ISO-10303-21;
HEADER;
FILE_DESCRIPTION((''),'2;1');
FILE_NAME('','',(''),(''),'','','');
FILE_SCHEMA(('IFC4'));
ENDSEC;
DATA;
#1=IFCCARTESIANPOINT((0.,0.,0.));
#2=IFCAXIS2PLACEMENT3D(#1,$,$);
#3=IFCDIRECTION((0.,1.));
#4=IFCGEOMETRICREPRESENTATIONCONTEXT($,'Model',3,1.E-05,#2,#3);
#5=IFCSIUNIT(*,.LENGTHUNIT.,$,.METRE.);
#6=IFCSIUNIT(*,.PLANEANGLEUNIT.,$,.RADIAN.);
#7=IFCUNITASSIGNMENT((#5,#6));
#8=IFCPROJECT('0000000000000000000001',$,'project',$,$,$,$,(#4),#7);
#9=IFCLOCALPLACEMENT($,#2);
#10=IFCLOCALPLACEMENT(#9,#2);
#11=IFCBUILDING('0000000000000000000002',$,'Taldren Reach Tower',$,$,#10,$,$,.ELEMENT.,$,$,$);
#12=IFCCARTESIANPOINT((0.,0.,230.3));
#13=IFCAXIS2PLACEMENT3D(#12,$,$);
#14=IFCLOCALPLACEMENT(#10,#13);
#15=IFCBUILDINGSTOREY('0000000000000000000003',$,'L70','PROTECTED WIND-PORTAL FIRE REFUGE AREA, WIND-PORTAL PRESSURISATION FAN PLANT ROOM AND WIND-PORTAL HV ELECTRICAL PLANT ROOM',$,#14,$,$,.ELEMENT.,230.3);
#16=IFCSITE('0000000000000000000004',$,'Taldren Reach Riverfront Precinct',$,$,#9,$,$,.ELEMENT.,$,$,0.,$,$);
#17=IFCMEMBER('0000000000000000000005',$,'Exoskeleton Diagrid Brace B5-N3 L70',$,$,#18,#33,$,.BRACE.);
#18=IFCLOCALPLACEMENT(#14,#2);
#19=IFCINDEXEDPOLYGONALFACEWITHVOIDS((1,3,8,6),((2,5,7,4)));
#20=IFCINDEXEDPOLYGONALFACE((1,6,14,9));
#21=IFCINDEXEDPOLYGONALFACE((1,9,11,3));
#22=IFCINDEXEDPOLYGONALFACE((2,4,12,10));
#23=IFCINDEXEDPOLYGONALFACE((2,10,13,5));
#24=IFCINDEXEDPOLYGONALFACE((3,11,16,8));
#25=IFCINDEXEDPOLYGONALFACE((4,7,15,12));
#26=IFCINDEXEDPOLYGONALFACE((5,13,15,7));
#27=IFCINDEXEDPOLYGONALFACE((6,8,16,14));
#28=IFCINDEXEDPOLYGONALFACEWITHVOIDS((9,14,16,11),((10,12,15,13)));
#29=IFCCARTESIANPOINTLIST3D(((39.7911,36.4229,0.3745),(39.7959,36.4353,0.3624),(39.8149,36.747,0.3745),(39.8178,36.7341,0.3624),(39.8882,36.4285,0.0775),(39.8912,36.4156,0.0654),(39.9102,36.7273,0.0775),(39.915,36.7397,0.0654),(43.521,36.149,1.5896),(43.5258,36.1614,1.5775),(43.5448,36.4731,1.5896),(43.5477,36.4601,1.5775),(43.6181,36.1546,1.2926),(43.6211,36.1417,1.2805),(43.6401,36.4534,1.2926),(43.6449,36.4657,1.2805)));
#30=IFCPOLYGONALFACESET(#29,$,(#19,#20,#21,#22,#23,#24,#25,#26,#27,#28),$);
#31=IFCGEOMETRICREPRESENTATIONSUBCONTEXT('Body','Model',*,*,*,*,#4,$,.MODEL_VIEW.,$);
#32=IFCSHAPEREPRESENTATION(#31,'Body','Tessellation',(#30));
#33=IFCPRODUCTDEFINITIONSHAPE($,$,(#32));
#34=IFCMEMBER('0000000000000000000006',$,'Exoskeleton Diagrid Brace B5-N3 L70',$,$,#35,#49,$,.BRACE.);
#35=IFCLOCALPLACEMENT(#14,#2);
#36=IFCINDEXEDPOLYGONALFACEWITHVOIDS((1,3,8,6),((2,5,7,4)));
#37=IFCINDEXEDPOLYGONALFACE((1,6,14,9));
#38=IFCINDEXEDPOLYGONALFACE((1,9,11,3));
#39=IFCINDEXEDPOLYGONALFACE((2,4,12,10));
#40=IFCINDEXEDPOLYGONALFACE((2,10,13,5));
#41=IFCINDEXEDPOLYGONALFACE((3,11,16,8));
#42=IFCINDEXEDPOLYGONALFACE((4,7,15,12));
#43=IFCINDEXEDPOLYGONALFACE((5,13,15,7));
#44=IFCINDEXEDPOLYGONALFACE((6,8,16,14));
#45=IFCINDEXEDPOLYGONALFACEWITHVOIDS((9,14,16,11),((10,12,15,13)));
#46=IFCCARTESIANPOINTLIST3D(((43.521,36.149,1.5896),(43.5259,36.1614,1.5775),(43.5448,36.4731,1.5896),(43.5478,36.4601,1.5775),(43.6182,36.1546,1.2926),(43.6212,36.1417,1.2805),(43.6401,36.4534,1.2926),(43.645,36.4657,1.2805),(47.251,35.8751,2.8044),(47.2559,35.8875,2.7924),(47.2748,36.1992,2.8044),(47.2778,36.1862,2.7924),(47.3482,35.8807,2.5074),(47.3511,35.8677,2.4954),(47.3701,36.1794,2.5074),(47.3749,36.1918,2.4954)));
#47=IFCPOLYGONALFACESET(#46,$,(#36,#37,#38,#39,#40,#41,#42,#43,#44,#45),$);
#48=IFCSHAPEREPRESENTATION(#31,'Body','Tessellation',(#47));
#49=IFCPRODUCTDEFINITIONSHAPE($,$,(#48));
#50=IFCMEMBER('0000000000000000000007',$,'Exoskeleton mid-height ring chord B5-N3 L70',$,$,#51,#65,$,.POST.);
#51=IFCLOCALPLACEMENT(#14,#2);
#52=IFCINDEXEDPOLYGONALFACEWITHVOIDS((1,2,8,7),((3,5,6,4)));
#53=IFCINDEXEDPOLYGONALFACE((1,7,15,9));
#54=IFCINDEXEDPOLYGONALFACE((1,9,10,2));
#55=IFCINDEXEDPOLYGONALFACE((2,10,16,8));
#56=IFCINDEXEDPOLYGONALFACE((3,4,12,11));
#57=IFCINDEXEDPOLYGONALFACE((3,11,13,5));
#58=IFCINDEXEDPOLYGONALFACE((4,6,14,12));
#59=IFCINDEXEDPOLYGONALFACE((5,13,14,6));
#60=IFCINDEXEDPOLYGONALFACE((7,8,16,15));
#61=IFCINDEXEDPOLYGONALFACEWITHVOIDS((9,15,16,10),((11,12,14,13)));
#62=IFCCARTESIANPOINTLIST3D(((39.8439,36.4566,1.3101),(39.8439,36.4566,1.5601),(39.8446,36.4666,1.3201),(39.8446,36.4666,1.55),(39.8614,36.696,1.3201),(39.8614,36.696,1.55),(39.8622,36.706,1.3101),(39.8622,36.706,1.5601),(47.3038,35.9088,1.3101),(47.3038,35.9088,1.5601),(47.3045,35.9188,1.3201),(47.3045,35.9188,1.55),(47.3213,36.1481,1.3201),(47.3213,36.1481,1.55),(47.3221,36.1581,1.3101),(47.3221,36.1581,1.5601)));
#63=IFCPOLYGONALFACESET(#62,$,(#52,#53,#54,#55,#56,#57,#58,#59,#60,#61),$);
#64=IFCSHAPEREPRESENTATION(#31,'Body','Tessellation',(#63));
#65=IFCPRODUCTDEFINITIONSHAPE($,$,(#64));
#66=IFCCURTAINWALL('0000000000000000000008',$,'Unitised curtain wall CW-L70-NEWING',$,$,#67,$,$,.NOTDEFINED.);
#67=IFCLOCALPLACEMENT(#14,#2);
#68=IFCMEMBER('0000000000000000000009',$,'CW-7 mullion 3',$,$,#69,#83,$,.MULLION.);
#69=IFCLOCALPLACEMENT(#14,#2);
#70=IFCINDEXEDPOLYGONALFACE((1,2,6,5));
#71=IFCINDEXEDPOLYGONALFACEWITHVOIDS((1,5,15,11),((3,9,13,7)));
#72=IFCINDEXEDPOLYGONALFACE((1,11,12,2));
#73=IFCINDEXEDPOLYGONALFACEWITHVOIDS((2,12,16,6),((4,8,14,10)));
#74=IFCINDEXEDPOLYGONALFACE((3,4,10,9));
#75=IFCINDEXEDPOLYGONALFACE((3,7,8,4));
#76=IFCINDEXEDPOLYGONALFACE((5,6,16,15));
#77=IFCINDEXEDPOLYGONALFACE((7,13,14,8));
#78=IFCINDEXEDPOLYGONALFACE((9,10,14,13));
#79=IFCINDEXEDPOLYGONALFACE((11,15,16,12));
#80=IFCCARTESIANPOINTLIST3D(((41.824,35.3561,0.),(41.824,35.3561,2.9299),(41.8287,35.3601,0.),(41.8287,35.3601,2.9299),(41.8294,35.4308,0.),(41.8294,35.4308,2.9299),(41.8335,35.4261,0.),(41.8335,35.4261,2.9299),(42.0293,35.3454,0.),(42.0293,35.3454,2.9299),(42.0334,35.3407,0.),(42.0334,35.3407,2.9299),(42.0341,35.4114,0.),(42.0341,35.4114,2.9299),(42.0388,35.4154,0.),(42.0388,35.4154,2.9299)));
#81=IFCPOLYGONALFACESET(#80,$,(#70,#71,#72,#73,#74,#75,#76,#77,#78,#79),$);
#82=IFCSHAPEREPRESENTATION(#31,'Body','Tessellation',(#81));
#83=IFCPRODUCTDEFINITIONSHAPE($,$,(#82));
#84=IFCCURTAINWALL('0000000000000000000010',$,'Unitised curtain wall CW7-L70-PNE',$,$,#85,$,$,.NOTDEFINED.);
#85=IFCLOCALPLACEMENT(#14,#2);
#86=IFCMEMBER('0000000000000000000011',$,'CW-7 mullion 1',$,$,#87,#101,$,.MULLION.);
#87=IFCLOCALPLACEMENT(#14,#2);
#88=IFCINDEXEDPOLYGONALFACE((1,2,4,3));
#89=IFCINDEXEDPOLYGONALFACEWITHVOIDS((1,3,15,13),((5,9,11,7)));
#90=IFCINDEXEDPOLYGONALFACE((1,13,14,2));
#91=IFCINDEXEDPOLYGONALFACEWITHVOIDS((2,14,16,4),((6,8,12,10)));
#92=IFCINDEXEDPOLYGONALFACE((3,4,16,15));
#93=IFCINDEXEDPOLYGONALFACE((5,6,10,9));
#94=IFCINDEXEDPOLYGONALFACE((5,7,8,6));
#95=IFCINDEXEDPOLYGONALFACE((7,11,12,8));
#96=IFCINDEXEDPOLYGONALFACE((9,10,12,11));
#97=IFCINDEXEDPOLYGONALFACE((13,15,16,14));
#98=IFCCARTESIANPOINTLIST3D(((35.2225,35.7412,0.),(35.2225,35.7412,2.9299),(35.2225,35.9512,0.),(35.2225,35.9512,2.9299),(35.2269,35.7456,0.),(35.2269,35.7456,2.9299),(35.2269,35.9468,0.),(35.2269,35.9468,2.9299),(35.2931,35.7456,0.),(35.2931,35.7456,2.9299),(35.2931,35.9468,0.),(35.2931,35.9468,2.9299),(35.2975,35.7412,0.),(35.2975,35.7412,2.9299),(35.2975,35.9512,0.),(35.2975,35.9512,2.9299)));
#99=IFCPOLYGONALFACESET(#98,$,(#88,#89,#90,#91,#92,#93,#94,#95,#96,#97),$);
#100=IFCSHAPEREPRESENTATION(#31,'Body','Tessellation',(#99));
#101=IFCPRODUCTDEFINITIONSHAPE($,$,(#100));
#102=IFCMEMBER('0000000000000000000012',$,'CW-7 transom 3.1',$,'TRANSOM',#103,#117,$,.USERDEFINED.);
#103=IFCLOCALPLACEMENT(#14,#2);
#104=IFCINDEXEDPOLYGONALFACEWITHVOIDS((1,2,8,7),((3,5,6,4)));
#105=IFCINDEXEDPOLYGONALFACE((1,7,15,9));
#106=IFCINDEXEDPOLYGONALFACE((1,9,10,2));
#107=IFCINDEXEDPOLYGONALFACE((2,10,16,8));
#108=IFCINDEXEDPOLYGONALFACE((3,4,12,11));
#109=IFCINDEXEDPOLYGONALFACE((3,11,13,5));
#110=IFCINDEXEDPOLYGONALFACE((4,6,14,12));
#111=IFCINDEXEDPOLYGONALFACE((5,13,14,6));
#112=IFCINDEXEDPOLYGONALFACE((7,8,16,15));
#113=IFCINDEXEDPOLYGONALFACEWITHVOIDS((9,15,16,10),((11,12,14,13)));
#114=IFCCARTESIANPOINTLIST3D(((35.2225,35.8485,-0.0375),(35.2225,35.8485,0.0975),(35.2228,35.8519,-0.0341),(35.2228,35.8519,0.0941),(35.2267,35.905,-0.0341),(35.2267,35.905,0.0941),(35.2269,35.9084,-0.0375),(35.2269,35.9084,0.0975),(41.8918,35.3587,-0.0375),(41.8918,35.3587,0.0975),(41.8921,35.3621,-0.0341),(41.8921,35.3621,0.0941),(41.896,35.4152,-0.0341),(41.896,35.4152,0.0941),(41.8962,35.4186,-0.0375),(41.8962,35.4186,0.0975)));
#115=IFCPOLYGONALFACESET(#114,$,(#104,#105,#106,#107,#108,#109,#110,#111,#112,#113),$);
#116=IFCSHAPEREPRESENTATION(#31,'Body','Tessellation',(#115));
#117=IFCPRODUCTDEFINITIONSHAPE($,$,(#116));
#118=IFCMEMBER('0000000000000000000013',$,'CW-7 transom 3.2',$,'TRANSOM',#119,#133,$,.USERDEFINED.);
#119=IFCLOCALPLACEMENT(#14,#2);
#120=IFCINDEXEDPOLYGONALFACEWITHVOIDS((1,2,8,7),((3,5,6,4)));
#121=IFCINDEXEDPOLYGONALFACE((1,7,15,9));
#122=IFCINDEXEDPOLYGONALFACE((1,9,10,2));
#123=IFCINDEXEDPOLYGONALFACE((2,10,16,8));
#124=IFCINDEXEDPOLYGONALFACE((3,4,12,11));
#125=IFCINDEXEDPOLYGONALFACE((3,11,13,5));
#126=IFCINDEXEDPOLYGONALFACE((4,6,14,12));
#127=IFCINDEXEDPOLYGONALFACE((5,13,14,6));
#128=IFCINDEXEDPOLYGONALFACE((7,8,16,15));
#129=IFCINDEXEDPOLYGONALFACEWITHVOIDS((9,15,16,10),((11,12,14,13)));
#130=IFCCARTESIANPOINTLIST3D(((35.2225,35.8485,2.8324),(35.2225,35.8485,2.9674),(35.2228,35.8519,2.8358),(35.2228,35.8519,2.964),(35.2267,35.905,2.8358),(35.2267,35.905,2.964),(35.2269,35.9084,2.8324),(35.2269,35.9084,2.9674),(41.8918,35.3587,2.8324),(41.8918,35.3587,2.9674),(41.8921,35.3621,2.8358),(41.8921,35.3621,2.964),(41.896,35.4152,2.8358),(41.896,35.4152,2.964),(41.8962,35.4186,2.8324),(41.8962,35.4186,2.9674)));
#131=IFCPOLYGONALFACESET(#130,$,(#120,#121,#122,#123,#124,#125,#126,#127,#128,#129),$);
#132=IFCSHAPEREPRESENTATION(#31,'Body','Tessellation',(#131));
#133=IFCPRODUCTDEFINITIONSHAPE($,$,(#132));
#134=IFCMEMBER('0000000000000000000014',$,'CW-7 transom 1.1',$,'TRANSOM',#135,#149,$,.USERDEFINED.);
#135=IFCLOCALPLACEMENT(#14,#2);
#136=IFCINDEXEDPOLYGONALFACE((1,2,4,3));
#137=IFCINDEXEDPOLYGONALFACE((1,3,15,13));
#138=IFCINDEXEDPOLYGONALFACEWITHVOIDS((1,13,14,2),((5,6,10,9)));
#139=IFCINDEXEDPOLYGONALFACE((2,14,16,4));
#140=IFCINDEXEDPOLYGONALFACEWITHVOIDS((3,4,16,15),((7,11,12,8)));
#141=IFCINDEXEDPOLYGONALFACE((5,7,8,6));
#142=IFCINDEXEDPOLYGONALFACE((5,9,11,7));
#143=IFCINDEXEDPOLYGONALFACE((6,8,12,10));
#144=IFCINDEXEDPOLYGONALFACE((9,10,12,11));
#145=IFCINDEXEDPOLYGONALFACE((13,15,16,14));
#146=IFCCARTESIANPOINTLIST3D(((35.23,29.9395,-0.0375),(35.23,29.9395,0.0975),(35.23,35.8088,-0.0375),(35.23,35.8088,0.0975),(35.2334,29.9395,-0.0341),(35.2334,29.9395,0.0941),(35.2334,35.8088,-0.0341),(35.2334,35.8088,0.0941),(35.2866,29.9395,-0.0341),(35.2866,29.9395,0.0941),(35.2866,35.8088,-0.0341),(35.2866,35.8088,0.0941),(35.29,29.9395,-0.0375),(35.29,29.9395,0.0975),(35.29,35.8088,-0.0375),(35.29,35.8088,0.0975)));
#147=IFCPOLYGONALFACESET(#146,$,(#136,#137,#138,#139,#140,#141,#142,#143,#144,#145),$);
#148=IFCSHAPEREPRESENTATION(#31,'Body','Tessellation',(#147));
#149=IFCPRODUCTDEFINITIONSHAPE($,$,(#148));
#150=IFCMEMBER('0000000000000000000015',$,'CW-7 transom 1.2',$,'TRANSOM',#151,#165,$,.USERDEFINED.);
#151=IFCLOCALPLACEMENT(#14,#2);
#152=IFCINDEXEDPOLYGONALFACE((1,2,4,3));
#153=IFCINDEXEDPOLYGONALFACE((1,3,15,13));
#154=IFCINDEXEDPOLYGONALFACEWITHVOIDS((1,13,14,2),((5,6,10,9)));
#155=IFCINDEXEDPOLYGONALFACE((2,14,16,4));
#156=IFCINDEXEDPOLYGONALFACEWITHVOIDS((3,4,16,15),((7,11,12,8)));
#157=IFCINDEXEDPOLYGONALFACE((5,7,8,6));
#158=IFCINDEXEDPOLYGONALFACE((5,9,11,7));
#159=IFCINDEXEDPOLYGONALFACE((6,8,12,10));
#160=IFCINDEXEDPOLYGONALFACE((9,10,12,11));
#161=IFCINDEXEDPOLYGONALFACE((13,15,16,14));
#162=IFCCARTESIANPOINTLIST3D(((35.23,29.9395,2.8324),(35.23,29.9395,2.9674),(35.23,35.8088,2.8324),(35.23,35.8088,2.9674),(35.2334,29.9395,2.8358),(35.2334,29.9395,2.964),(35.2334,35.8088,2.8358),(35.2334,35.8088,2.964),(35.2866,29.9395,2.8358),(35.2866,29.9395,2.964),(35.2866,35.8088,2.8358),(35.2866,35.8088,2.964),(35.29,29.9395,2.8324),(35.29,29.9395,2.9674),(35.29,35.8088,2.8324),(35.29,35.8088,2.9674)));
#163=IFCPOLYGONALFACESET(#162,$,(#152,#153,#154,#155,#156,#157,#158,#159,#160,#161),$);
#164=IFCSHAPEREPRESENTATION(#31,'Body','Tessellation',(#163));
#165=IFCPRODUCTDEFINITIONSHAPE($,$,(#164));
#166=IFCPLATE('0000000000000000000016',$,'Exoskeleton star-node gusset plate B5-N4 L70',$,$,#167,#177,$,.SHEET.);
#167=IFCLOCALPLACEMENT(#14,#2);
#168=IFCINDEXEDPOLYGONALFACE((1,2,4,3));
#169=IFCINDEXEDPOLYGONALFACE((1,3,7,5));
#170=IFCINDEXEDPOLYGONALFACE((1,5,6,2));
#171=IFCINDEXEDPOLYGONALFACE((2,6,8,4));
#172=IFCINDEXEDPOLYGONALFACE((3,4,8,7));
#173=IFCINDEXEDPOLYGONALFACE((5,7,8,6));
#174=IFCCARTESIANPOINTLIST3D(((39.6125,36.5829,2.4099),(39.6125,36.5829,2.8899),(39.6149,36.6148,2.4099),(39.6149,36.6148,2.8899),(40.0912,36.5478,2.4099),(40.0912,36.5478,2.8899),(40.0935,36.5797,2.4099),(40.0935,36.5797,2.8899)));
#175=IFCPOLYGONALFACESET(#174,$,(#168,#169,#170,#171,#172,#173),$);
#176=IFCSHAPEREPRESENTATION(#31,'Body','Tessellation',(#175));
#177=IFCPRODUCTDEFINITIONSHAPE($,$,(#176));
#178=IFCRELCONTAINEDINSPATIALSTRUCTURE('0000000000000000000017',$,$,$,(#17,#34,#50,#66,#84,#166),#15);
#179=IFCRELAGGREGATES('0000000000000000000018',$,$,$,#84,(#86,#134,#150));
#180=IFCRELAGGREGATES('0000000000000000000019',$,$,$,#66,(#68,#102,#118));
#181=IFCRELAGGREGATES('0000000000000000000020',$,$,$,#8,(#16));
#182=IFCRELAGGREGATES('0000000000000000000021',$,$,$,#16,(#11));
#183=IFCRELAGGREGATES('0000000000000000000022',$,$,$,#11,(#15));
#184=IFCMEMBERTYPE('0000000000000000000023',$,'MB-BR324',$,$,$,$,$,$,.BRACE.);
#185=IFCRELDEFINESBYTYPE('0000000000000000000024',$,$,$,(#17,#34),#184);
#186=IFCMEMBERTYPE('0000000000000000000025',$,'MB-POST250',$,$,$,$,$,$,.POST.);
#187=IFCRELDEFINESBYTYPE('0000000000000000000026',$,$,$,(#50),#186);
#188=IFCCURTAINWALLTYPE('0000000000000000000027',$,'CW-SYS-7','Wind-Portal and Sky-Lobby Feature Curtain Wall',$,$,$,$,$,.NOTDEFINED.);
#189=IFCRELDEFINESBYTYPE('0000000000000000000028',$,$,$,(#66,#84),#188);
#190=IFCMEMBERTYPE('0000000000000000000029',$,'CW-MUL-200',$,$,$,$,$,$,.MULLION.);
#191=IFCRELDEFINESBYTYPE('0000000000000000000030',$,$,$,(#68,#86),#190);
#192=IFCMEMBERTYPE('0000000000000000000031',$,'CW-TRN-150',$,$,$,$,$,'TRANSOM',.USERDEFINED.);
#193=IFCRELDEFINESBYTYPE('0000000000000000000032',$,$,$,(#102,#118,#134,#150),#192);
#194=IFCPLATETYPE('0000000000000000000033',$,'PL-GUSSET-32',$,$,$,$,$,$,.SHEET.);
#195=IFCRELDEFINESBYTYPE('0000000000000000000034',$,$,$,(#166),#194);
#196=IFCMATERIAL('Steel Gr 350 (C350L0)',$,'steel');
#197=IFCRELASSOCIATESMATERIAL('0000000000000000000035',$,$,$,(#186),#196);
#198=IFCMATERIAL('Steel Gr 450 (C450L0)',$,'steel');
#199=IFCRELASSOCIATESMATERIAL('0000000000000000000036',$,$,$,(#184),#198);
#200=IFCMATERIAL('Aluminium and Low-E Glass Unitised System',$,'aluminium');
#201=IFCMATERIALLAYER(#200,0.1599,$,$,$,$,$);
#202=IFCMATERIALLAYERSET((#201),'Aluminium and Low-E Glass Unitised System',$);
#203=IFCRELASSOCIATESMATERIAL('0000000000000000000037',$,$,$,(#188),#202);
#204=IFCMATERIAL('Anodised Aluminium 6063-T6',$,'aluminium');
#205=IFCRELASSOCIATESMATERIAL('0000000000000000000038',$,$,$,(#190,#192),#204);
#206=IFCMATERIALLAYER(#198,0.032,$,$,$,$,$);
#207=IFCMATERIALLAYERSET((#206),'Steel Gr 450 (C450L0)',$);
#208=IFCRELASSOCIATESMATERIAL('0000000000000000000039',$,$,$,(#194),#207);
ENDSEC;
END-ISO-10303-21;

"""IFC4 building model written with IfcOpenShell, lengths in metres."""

from ifc_helpers import new_model, si_unit, direction, frame, origin, origin_2d, place, context, subcontext, project, spatial, rectangle, hollow_rectangle, extrude, source, transform, mapped, material, layer, layer_set, material_profile, profile_set, type_object, element, aggregate, save


model = new_model("IFC4")

# Units and contexts
model_context = context("Model", 3, precision=1e-05, world=origin(), true_north=direction((0.0, 1.0)))
body_context = subcontext(model_context, "Body", "Model", "MODEL_VIEW")
ifc_project = project(units=[si_unit("LENGTHUNIT", "METRE"), si_unit("PLANEANGLEUNIT", "RADIAN")], contexts=[model_context])

# Site, building, storey
site_placement = place(None, origin())
site = spatial("IfcSite", under=ifc_project, at=site_placement, Name="Taldren Reach Riverfront Precinct", CompositionType="ELEMENT", RefElevation=0.0)
building_placement = place(site_placement, origin())
building = spatial("IfcBuilding", under=site, at=building_placement, Name="Taldren Reach Tower", CompositionType="ELEMENT")
storey_placement = place(building_placement, frame((0.0, 0.0, 230.3)))
storey = spatial("IfcBuildingStorey", under=building, at=storey_placement, Name="L70", Description="PROTECTED WIND-PORTAL FIRE REFUGE AREA, WIND-PORTAL PRESSURISATION FAN PLANT ROOM AND WIND-PORTAL HV ELECTRICAL PLANT ROOM", CompositionType="ELEMENT", Elevation=230.3)

# Shared definitions
ifc_material_1 = material(Name="Steel Gr 350 (C350L0)", Category="steel")

# Shared definitions
ifc_material_profile_1 = material_profile(ifc_material_1, hollow_rectangle(XDim=0.25, YDim=0.25, WallThickness=0.01, at=origin_2d()), Name="250x250x10.0SHS")
ifc_profile_set_1 = profile_set([ifc_material_profile_1], Name="Steel Gr 350 (C350L0)")
member_type_1 = type_object("IfcMemberType", Name="MB-POST250", PredefinedType="POST", material=ifc_profile_set_1)
ifc_material_2 = material(Name="Steel Gr 450 (C450L0)", Category="steel")

# Members
ifc_material_profile_2 = material_profile(ifc_material_2, hollow_rectangle(XDim=0.325, YDim=0.325, WallThickness=0.0127, at=origin_2d()), Name="325x325x12.7SHS")
ifc_profile_set_2 = profile_set([ifc_material_profile_2], Name="Steel Gr 450 (C450L0)")
member_type_2 = type_object("IfcMemberType", Name="MB-BR324", PredefinedType="BRACE", material=ifc_profile_set_2)
shared_shape_1 = source(origin(), body_context, "Body", "SweptSolid", [
    extrude(hollow_rectangle(XDim=0.325, YDim=0.325, WallThickness=0.0127, at=origin_2d()), origin(), (0.0, 0.0, 1.0), 3.9324),
])
for number, where, z_axis, x_axis, name in (
    (1, (39.853, 36.5813, 0.22), (0.948511, -0.069658, 0.308989), (0.073242, 0.997314, 0.0), "Exoskeleton Diagrid Brace B5-N3 L70"),
    (2, (43.583, 36.3074, 1.4351), (0.948529, -0.069659, 0.308933), (0.073242, 0.997314, 0.0), "Exoskeleton Diagrid Brace B5-N3 L70"),
):
    element("IfcMember", number, at=place(storey_placement, frame(where, z_axis=z_axis, x_axis=x_axis)), inside=storey, type_object=member_type_2, Name=name, PredefinedType="BRACE", context=body_context, shape_type="MappedRepresentation", body=[
        mapped(shared_shape_1, transform((0.0, 0.0, 0.0), scale=1.0)),
    ])
shared_shape_2 = source(origin(), body_context, "Body", "SweptSolid", [
    extrude(hollow_rectangle(XDim=0.25, YDim=0.25, WallThickness=0.01, at=origin_2d()), origin(), (0.0, 0.0, 1.0), 7.48),
])
member_1_placement = place(storey_placement, frame((39.853, 36.5813, 1.4351), z_axis=(0.997314, -0.073242, 0.0), x_axis=(0.073242, 0.997314, 0.0)))
element("IfcMember", 3, at=member_1_placement, inside=storey, type_object=member_type_1, Name="Exoskeleton mid-height ring chord B5-N3 L70", PredefinedType="POST", context=body_context, shape_type="MappedRepresentation", body=[
    mapped(shared_shape_2, transform((0.0, 0.0, 0.0), scale=1.0)),
])

# Curtain walls, members
ifc_material_3 = material(Name="Aluminium and Low-E Glass Unitised System", Category="aluminium")
ifc_layer_1 = layer(ifc_material_3, 0.1599)
ifc_layer_set_1 = layer_set([ifc_layer_1], Name="Aluminium and Low-E Glass Unitised System")
curtain_wall_type = type_object("IfcCurtainWallType", Name="CW-SYS-7", Description="Wind-Portal and Sky-Lobby Feature Curtain Wall", PredefinedType="NOTDEFINED", material=ifc_layer_set_1)
curtain_wall_1_placement = place(storey_placement, origin())
curtain_wall_1 = element("IfcCurtainWall", 4, at=curtain_wall_1_placement, inside=storey, type_object=curtain_wall_type, Name="Unitised curtain wall CW-L70-NEWING", PredefinedType="NOTDEFINED")
ifc_material_4 = material(Name="Anodised Aluminium 6063-T6", Category="aluminium")
ifc_material_profile_3 = material_profile(ifc_material_4, hollow_rectangle(XDim=0.075, YDim=0.21, WallThickness=0.0044, at=origin_2d()), Name="ALU-210x75x4.5RHS")
ifc_profile_set_3 = profile_set([ifc_material_profile_3], Name="Anodised Aluminium 6063-T6")
member_type_3 = type_object("IfcMemberType", Name="CW-MUL-200", PredefinedType="MULLION", material=ifc_profile_set_3)
shared_shape_3 = source(origin(), body_context, "Body", "SweptSolid", [
    extrude(hollow_rectangle(XDim=0.075, YDim=0.21, WallThickness=0.0044, at=origin_2d()), origin(), (0.0, 0.0, 1.0), 2.9299),
])
member_2_placement = place(storey_placement, frame((41.9314, 35.3857, 0.0), z_axis=(0.0, 0.0, 1.0), x_axis=(-0.073238, -0.997314, 0.0)))
member_2 = element("IfcMember", 5, at=member_2_placement, type_object=member_type_3, Name="CW-7 mullion 3", PredefinedType="MULLION", context=body_context, shape_type="MappedRepresentation", body=[
    mapped(shared_shape_3, transform((0.0, 0.0, 0.0), scale=1.0)),
])
curtain_wall_2_placement = place(storey_placement, origin())
curtain_wall_2 = element("IfcCurtainWall", 6, at=curtain_wall_2_placement, inside=storey, type_object=curtain_wall_type, Name="Unitised curtain wall CW7-L70-PNE", PredefinedType="NOTDEFINED")
member_3_placement = place(storey_placement, frame((35.26, 35.8462, 0.0), z_axis=(0.0, 0.0, 1.0), x_axis=(1.0, 0.0, 0.0)))
member_3 = element("IfcMember", 7, at=member_3_placement, type_object=member_type_3, Name="CW-7 mullion 1", PredefinedType="MULLION", context=body_context, shape_type="MappedRepresentation", body=[
    mapped(shared_shape_3, transform((0.0, 0.0, 0.0), scale=1.0)),
])

# Members
ifc_material_profile_4 = material_profile(ifc_material_4, hollow_rectangle(XDim=0.0601, YDim=0.135, WallThickness=0.0034, at=origin_2d()), Name="ALU-135x60x3.5RHS")
ifc_profile_set_4 = profile_set([ifc_material_profile_4], Name="Anodised Aluminium 6063-T6")
member_type_4 = type_object("IfcMemberType", Name="CW-TRN-150", ElementType="TRANSOM", PredefinedType="USERDEFINED", material=ifc_profile_set_4)
shared_shape_4 = source(origin(), body_context, "Body", "SweptSolid", [
    extrude(hollow_rectangle(XDim=0.0601, YDim=0.135, WallThickness=0.0034, at=origin_2d()), origin(), (0.0, 0.0, 1.0), 6.6873),
])
member_4_placement = place(storey_placement, frame((41.894, 35.3887, 0.03), z_axis=(-0.997315, 0.073237, 0.0), x_axis=(-0.073237, -0.997315, 0.0)))
member_4 = element("IfcMember", 8, at=member_4_placement, type_object=member_type_4, Name="CW-7 transom 3.1", ObjectType="TRANSOM", PredefinedType="USERDEFINED", context=body_context, shape_type="MappedRepresentation", body=[
    mapped(shared_shape_4, transform((0.0, 0.0, 0.0), scale=1.0)),
])
member_5_placement = place(storey_placement, frame((41.894, 35.3887, 2.8999), z_axis=(-0.997315, 0.073237, 0.0), x_axis=(-0.073237, -0.997315, 0.0)))
member_5 = element("IfcMember", 9, at=member_5_placement, type_object=member_type_4, Name="CW-7 transom 3.2", ObjectType="TRANSOM", PredefinedType="USERDEFINED", context=body_context, shape_type="MappedRepresentation", body=[
    mapped(shared_shape_4, transform((0.0, 0.0, 0.0), scale=1.0)),
])
shared_shape_5 = source(origin(), body_context, "Body", "SweptSolid", [
    extrude(hollow_rectangle(XDim=0.0601, YDim=0.135, WallThickness=0.0034, at=origin_2d()), origin(), (0.0, 0.0, 1.0), 5.8694),
])
member_6_placement = place(storey_placement, frame((35.26, 35.8088, 0.03), z_axis=(0.0, -1.0, 0.0), x_axis=(1.0, 0.0, 0.0)))
member_6 = element("IfcMember", 10, at=member_6_placement, type_object=member_type_4, Name="CW-7 transom 1.1", ObjectType="TRANSOM", PredefinedType="USERDEFINED", context=body_context, shape_type="MappedRepresentation", body=[
    mapped(shared_shape_5, transform((0.0, 0.0, 0.0), scale=1.0)),
])
member_7_placement = place(storey_placement, frame((35.26, 35.8088, 2.8999), z_axis=(0.0, -1.0, 0.0), x_axis=(1.0, 0.0, 0.0)))
member_7 = element("IfcMember", 11, at=member_7_placement, type_object=member_type_4, Name="CW-7 transom 1.2", ObjectType="TRANSOM", PredefinedType="USERDEFINED", context=body_context, shape_type="MappedRepresentation", body=[
    mapped(shared_shape_5, transform((0.0, 0.0, 0.0), scale=1.0)),
])

# Plate
ifc_layer_2 = layer(ifc_material_2, 0.032)
ifc_layer_set_2 = layer_set([ifc_layer_2], Name="Steel Gr 450 (C450L0)")
plate_type_1 = type_object("IfcPlateType", Name="PL-GUSSET-32", PredefinedType="SHEET", material=ifc_layer_set_2)
shared_shape_6 = source(origin(), body_context, "Body", "SweptSolid", [
    extrude(rectangle(XDim=0.48, YDim=0.032, at=origin_2d()), origin(), (0.0, 0.0, 1.0), 0.48),
])
plate_1_placement = place(storey_placement, frame((39.853, 36.5813, 2.4099), z_axis=(0.0, 0.0, 1.0), x_axis=(0.997314, -0.073238, 0.0)))
element("IfcPlate", 12, at=plate_1_placement, inside=storey, type_object=plate_type_1, Name="Exoskeleton star-node gusset plate B5-N4 L70", PredefinedType="SHEET", context=body_context, shape_type="MappedRepresentation", body=[
    mapped(shared_shape_6, transform((0.0, 0.0, 0.0), scale=1.0)),
])
aggregate(curtain_wall_2, [member_3, member_6, member_7])
aggregate(curtain_wall_1, [member_2, member_4, member_5])

save(model, "model.ifc")
